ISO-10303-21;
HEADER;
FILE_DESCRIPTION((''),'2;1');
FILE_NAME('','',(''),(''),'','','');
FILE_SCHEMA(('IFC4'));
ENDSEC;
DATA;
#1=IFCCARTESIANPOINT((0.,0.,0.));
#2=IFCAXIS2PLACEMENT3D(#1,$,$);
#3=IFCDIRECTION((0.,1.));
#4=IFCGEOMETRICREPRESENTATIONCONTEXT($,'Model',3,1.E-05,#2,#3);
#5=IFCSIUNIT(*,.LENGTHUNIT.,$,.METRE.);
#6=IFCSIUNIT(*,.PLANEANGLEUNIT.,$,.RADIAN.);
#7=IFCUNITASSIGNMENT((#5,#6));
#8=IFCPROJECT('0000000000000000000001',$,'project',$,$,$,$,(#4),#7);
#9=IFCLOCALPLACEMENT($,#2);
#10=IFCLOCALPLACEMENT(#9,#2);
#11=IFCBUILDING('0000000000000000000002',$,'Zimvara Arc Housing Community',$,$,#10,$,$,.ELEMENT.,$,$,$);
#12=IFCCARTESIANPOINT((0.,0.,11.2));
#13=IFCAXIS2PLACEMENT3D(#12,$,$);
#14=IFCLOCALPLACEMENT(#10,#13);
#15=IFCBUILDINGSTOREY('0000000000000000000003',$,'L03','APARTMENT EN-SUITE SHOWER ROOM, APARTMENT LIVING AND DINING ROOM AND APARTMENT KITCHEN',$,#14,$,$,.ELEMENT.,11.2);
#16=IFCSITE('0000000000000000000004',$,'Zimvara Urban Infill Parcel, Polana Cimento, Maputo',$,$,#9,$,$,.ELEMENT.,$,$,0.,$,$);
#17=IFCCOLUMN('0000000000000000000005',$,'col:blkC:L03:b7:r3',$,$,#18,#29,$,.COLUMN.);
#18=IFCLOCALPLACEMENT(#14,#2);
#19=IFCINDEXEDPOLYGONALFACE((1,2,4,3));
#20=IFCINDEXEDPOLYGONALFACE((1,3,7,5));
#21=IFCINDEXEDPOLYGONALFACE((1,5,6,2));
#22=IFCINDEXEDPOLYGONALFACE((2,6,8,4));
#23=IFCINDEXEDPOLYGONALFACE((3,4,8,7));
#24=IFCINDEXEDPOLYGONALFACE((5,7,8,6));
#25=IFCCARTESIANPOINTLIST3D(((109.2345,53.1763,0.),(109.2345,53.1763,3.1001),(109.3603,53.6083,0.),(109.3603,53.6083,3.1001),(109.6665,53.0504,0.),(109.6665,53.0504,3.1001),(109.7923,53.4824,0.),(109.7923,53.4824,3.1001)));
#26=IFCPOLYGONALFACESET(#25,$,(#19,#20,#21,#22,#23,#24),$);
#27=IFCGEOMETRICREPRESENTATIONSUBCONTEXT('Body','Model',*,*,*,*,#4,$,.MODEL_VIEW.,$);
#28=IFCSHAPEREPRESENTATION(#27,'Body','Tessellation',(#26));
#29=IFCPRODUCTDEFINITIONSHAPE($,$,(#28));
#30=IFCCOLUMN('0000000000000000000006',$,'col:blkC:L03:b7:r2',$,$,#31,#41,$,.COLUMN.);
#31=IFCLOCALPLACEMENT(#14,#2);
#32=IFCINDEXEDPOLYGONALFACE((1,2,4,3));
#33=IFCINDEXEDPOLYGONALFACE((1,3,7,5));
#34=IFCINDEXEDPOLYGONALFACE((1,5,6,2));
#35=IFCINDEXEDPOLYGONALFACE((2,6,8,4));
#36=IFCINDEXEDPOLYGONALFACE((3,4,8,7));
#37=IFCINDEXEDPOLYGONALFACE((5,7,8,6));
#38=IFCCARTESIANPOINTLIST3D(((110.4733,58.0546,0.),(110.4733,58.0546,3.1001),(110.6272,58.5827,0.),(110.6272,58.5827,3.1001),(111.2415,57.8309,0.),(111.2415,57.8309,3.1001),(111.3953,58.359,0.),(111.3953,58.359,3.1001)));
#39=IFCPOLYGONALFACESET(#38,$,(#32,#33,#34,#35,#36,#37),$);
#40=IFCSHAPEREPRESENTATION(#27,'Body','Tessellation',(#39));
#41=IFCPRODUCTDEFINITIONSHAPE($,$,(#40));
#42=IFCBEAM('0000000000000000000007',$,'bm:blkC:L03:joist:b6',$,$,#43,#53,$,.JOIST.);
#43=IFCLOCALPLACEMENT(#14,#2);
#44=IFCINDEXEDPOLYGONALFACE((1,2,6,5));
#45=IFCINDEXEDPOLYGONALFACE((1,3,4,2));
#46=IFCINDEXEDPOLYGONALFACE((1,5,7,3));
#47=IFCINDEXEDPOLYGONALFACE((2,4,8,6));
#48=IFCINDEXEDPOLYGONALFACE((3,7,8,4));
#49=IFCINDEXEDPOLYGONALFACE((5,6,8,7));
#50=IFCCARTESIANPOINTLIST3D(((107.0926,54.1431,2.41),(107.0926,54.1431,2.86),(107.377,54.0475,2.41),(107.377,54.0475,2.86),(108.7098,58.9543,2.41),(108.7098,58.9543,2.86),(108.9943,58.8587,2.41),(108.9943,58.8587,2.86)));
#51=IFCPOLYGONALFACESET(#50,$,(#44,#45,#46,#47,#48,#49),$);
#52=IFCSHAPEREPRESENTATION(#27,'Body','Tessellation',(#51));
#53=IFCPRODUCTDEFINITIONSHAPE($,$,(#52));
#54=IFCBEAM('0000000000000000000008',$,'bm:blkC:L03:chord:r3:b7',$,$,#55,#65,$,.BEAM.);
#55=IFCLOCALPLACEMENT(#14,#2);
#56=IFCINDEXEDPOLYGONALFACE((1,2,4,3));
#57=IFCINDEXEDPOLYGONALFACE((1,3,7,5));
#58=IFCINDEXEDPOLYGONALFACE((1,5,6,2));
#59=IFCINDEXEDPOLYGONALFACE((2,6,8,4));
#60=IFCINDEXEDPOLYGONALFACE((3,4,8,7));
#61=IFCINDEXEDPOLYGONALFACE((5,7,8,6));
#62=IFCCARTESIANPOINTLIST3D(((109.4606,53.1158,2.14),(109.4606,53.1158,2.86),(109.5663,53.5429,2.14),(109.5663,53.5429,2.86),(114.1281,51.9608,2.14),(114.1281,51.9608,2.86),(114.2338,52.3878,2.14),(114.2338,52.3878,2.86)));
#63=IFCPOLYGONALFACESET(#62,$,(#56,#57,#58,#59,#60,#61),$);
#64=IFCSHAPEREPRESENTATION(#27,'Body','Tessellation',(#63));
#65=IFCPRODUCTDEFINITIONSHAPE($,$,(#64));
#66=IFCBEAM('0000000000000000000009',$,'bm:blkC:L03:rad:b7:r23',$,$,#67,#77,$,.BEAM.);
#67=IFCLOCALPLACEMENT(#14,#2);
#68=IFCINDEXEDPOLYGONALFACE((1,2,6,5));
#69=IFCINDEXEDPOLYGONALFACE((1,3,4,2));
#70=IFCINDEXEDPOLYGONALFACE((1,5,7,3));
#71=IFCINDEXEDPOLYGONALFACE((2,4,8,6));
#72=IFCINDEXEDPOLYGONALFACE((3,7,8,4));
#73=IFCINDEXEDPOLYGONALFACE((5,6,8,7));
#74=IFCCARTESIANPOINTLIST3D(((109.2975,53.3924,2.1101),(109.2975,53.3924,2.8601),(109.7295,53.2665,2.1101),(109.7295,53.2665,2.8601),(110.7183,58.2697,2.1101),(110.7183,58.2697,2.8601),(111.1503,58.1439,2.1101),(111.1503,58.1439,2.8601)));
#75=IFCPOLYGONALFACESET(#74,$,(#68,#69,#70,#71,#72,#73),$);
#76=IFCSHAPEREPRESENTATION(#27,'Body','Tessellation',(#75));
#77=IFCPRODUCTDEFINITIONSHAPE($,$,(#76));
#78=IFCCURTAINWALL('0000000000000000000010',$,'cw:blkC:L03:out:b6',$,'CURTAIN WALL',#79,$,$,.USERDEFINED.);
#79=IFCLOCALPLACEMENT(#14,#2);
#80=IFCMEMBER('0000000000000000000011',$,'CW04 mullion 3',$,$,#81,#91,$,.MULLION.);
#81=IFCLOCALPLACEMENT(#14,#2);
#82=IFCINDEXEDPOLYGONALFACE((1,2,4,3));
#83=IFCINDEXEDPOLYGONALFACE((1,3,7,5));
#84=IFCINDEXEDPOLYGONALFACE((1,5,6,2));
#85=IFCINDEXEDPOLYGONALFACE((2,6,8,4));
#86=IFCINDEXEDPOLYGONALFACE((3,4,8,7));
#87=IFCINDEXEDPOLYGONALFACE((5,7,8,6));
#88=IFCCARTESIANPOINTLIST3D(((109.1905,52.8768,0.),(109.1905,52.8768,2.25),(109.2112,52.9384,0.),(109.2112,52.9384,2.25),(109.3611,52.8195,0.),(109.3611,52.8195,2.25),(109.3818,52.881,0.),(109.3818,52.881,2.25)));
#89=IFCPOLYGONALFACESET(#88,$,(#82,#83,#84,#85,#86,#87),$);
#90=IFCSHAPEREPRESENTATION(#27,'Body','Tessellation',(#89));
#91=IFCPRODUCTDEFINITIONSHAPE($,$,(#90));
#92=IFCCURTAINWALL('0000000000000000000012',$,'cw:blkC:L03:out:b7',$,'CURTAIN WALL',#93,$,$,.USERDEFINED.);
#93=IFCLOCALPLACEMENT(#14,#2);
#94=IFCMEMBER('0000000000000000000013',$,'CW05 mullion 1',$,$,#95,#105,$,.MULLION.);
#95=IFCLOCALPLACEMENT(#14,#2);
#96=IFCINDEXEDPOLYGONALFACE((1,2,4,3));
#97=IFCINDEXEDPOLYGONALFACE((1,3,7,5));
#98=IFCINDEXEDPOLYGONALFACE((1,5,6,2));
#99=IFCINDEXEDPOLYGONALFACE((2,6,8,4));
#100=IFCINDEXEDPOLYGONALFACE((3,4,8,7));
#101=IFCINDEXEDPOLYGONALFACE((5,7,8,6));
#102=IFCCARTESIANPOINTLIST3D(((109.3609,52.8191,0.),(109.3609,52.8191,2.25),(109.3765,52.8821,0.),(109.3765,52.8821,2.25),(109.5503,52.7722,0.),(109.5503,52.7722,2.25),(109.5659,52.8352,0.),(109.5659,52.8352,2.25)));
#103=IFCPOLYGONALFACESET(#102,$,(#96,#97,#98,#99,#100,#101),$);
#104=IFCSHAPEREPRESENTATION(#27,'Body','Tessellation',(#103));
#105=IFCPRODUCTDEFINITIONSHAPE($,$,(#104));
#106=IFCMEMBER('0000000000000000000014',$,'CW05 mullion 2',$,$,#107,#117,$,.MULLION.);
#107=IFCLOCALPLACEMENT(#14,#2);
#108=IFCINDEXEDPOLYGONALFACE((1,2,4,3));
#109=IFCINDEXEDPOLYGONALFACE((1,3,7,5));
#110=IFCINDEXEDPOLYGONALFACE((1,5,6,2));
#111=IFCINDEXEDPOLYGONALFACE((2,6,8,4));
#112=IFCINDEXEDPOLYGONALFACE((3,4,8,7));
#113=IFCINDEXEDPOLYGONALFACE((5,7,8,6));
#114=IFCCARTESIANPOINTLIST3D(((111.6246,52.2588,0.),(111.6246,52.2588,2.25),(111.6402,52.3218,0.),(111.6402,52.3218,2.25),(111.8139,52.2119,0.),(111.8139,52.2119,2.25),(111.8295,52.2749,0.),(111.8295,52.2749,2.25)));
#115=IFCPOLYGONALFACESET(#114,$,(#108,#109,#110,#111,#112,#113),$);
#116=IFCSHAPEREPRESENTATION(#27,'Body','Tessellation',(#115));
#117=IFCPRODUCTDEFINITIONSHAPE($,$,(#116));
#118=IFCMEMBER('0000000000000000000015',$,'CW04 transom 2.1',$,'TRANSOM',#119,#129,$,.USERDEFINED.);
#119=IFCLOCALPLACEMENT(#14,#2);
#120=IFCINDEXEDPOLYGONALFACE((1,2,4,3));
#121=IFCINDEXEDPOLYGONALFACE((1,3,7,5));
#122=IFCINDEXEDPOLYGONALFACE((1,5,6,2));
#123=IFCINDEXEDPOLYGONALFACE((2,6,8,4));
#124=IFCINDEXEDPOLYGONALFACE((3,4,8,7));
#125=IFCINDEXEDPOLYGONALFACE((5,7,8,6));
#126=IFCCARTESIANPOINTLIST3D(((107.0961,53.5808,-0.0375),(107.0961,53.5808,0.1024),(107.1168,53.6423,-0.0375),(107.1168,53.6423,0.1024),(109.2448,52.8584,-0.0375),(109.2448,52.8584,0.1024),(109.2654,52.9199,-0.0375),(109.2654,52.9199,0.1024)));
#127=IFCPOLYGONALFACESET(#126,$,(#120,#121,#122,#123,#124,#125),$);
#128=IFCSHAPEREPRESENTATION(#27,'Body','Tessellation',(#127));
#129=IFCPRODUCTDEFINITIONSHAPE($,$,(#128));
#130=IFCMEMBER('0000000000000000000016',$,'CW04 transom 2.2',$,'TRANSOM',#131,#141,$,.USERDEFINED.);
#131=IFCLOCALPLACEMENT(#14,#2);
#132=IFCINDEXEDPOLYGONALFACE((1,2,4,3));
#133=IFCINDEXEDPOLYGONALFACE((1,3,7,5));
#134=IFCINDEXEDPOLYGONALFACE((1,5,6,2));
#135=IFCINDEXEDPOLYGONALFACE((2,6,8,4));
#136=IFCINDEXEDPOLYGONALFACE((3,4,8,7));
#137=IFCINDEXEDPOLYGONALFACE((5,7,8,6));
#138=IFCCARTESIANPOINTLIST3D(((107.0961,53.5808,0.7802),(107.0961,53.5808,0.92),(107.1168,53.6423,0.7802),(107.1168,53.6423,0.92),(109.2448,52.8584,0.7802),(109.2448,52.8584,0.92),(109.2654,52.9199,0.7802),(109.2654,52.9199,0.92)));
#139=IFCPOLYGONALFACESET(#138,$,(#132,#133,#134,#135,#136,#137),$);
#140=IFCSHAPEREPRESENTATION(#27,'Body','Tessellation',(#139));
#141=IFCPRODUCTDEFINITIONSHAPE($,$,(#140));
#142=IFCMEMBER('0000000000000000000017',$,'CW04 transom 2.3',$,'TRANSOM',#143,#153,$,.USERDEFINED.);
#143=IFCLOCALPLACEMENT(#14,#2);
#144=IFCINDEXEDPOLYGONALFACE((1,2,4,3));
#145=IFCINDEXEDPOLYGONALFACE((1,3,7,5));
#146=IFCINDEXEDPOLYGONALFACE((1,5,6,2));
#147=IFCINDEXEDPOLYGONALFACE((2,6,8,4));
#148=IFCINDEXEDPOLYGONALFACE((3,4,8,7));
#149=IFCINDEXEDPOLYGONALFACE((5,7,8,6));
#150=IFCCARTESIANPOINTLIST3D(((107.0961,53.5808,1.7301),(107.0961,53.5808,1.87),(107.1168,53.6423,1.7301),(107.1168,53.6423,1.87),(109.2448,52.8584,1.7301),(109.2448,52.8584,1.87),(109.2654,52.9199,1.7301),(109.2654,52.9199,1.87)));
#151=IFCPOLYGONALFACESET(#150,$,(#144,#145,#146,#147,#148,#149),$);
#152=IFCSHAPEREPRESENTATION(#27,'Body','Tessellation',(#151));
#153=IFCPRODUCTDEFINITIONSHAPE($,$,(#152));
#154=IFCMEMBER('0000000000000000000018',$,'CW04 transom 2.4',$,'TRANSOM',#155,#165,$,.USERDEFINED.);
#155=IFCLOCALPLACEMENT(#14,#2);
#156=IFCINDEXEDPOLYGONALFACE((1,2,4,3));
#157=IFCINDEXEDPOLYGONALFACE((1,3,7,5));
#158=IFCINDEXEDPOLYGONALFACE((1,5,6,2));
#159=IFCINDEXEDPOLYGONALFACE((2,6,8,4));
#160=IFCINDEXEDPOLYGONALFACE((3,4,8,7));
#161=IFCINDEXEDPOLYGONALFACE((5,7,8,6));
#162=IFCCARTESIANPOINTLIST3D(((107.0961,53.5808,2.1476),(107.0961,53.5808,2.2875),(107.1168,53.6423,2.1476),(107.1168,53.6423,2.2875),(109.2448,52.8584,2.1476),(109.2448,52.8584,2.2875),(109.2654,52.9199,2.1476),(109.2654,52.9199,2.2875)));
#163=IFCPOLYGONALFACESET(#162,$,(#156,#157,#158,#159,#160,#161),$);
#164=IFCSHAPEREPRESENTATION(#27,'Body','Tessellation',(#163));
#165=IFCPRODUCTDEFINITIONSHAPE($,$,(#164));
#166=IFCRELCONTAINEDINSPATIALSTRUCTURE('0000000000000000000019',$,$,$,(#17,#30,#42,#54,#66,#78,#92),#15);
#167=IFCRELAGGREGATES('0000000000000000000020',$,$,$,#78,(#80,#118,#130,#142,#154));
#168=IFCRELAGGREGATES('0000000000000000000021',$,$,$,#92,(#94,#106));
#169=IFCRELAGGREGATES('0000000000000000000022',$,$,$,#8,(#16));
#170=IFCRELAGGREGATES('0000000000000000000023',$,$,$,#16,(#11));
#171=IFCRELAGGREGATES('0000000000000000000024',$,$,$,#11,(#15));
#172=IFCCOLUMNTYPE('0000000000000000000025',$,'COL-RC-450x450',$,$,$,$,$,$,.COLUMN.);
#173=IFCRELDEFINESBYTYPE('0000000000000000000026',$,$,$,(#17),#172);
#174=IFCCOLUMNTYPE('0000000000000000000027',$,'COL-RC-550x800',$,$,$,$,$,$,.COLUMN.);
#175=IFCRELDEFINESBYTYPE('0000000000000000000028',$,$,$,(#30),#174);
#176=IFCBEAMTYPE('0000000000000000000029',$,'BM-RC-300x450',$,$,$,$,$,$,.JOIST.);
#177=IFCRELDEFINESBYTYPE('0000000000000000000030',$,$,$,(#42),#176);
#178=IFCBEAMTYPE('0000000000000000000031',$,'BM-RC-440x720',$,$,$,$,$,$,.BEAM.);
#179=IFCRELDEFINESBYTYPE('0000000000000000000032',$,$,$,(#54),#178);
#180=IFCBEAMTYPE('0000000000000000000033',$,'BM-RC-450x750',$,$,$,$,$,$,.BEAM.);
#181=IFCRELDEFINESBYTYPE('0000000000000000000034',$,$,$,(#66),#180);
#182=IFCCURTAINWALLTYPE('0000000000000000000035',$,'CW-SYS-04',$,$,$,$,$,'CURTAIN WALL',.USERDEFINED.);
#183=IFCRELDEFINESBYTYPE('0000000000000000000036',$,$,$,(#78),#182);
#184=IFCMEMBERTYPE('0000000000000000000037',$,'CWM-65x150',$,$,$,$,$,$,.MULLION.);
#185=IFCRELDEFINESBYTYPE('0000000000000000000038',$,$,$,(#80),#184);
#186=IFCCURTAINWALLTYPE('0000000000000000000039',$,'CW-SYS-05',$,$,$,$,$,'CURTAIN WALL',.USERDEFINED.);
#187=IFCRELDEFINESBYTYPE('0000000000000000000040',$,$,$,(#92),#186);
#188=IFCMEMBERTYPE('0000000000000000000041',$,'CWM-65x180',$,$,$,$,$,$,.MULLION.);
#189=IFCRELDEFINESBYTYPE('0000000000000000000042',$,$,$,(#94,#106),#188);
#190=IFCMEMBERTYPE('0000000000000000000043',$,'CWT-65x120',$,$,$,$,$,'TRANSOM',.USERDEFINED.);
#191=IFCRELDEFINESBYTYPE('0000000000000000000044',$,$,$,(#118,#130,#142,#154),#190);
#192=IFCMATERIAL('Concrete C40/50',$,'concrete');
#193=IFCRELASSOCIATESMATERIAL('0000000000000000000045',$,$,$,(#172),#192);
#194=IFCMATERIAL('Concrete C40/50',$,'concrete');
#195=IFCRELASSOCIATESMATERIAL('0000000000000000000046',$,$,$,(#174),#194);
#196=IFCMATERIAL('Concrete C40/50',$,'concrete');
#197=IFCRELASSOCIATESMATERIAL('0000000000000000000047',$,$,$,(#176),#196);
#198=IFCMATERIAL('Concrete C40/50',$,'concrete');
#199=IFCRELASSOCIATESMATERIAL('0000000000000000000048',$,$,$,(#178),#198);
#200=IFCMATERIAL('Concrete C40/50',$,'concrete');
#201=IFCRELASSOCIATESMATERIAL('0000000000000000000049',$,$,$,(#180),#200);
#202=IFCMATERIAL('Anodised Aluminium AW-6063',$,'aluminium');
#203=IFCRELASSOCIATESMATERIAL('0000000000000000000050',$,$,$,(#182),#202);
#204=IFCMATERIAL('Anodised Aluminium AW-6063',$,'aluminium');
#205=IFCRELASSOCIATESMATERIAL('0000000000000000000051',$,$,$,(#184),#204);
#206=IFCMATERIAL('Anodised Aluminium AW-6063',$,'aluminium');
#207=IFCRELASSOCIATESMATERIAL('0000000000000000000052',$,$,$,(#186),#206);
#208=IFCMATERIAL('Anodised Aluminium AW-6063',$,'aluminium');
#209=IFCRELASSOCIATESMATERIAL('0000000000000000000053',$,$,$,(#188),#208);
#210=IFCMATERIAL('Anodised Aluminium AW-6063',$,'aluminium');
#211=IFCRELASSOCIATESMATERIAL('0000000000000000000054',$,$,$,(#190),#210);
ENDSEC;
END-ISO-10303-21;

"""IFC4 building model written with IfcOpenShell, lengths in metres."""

from ifc_helpers import new_model, si_unit, direction, frame, origin, origin_2d, place, context, subcontext, project, spatial, rectangle, extrude, material, material_profile, profile_set, type_object, element, aggregate, save


model = new_model("IFC4")

# Units and contexts
model_context = context("Model", 3, precision=1e-05, world=origin(), true_north=direction((0.0, 1.0)))
body_context = subcontext(model_context, "Body", "Model", "MODEL_VIEW")
ifc_project = project(units=[si_unit("LENGTHUNIT", "METRE"), si_unit("PLANEANGLEUNIT", "RADIAN")], contexts=[model_context])

# Site, building, storey
site_placement = place(None, origin())
site = spatial("IfcSite", under=ifc_project, at=site_placement, Name="Zimvara Urban Infill Parcel, Polana Cimento, Maputo", CompositionType="ELEMENT", RefElevation=0.0)
building_placement = place(site_placement, origin())
building = spatial("IfcBuilding", under=site, at=building_placement, Name="Zimvara Arc Housing Community", CompositionType="ELEMENT")
storey_placement = place(building_placement, frame((0.0, 0.0, 11.2)))
storey = spatial("IfcBuildingStorey", under=building, at=storey_placement, Name="L03", Description="APARTMENT EN-SUITE SHOWER ROOM, APARTMENT LIVING AND DINING ROOM AND APARTMENT KITCHEN", CompositionType="ELEMENT", Elevation=11.2)

# Columns
ifc_material_1 = material(Name="Concrete C40/50", Category="concrete")
ifc_material_profile_1 = material_profile(ifc_material_1, rectangle(XDim=0.45, YDim=0.45, at=origin_2d()), Name="RC 450x450")
ifc_profile_set_1 = profile_set([ifc_material_profile_1], Name="Concrete C40/50")
column_type_1 = type_object("IfcColumnType", Name="COL-RC-450x450", PredefinedType="COLUMN", material=ifc_profile_set_1)
column_1_placement = place(storey_placement, frame((109.5134, 53.3293, 0.0), z_axis=(0.0, 0.0, 1.0), x_axis=(-0.279661, -0.960099, 0.0)))
element("IfcColumn", 1, at=column_1_placement, inside=storey, type_object=column_type_1, Name="col:blkC:L03:b7:r3", PredefinedType="COLUMN", context=body_context, shape_type="SweptSolid", body=[
    extrude(rectangle(XDim=0.45, YDim=0.45, at=origin_2d()), origin(), (0.0, 0.0, 1.0), 3.1001),
])
ifc_material_2 = material(Name="Concrete C40/50", Category="concrete")
ifc_material_profile_2 = material_profile(ifc_material_2, rectangle(XDim=0.55, YDim=0.8, at=origin_2d()), Name="RC 550x800")
ifc_profile_set_2 = profile_set([ifc_material_profile_2], Name="Concrete C40/50")
column_type_2 = type_object("IfcColumnType", Name="COL-RC-550x800", PredefinedType="COLUMN", material=ifc_profile_set_2)
column_2_placement = place(storey_placement, frame((110.9343, 58.2068, 0.0), z_axis=(0.0, 0.0, 1.0), x_axis=(-0.279661, -0.960099, 0.0)))
element("IfcColumn", 2, at=column_2_placement, inside=storey, type_object=column_type_2, Name="col:blkC:L03:b7:r2", PredefinedType="COLUMN", context=body_context, shape_type="SweptSolid", body=[
    extrude(rectangle(XDim=0.55, YDim=0.8, at=origin_2d()), origin(), (0.0, 0.0, 1.0), 3.1001),
])

# Beams
ifc_material_3 = material(Name="Concrete C40/50", Category="concrete")
ifc_material_profile_3 = material_profile(ifc_material_3, rectangle(XDim=0.3, YDim=0.45, at=origin_2d()), Name="RC 300x450")
ifc_profile_set_3 = profile_set([ifc_material_profile_3], Name="Concrete C40/50")
beam_type_1 = type_object("IfcBeamType", Name="BM-RC-300x450", PredefinedType="JOIST", material=ifc_profile_set_3)
beam_1_placement = place(storey_placement, frame((108.8521, 58.9065, 2.635), z_axis=(-0.318622, -0.947882, 0.0), x_axis=(0.947882, -0.318622, 0.0)))
element("IfcBeam", 3, at=beam_1_placement, inside=storey, type_object=beam_type_1, Name="bm:blkC:L03:joist:b6", PredefinedType="JOIST", context=body_context, shape_type="SweptSolid", body=[
    extrude(rectangle(XDim=0.3, YDim=0.45, at=origin_2d()), origin(), (0.0, 0.0, 1.0), 5.0757),
])
ifc_material_4 = material(Name="Concrete C40/50", Category="concrete")
ifc_material_profile_4 = material_profile(ifc_material_4, rectangle(XDim=0.4399, YDim=0.72, at=origin_2d()), Name="RC 440x720")
ifc_profile_set_4 = profile_set([ifc_material_profile_4], Name="Concrete C40/50")
beam_type_2 = type_object("IfcBeamType", Name="BM-RC-440x720", PredefinedType="BEAM", material=ifc_profile_set_4)
beam_2_placement = place(storey_placement, frame((109.5134, 53.3293, 2.5), z_axis=(0.970719, -0.240217, 0.0), x_axis=(0.240217, 0.970719, 0.0)))
element("IfcBeam", 4, at=beam_2_placement, inside=storey, type_object=beam_type_2, Name="bm:blkC:L03:chord:r3:b7", PredefinedType="BEAM", context=body_context, shape_type="SweptSolid", body=[
    extrude(rectangle(XDim=0.4399, YDim=0.72, at=origin_2d()), origin(), (0.0, 0.0, 1.0), 4.8083),
])
ifc_material_5 = material(Name="Concrete C40/50", Category="concrete")
ifc_material_profile_5 = material_profile(ifc_material_5, rectangle(XDim=0.45, YDim=0.75, at=origin_2d()), Name="RC 450x750")
ifc_profile_set_5 = profile_set([ifc_material_profile_5], Name="Concrete C40/50")
beam_type_3 = type_object("IfcBeamType", Name="BM-RC-450x750", PredefinedType="BEAM", material=ifc_profile_set_5)
beam_3_placement = place(storey_placement, frame((110.9343, 58.2068, 2.4851), z_axis=(-0.279694, -0.960089, 0.0), x_axis=(0.960089, -0.279694, 0.0)))
element("IfcBeam", 5, at=beam_3_placement, inside=storey, type_object=beam_type_3, Name="bm:blkC:L03:rad:b7:r23", PredefinedType="BEAM", context=body_context, shape_type="SweptSolid", body=[
    extrude(rectangle(XDim=0.45, YDim=0.75, at=origin_2d()), origin(), (0.0, 0.0, 1.0), 5.0801),
])

# Curtain wall, member
ifc_material_6 = material(Name="Anodised Aluminium AW-6063", Category="aluminium")
curtain_wall_type_1 = type_object("IfcCurtainWallType", Name="CW-SYS-04", ElementType="CURTAIN WALL", PredefinedType="USERDEFINED", material=ifc_material_6)
curtain_wall_1_placement = place(storey_placement, origin())
curtain_wall_1 = element("IfcCurtainWall", 6, at=curtain_wall_1_placement, inside=storey, type_object=curtain_wall_type_1, Name="cw:blkC:L03:out:b6", ObjectType="CURTAIN WALL", PredefinedType="USERDEFINED")
ifc_material_7 = material(Name="Anodised Aluminium AW-6063", Category="aluminium")
ifc_material_profile_6 = material_profile(ifc_material_7, rectangle(XDim=0.0649, YDim=0.1799, at=origin_2d()), Name="ALU 65x180")
ifc_profile_set_6 = profile_set([ifc_material_profile_6], Name="Anodised Aluminium AW-6063")
member_type_1 = type_object("IfcMemberType", Name="CWM-65x150", PredefinedType="MULLION", material=ifc_profile_set_6)
member_1_placement = place(storey_placement, frame((109.2861, 52.8789, 0.0), z_axis=(0.0, 0.0, 1.0), x_axis=(0.318629, 0.94788, 0.0)))
member_1 = element("IfcMember", 7, at=member_1_placement, type_object=member_type_1, Name="CW04 mullion 3", PredefinedType="MULLION", context=body_context, shape_type="SweptSolid", body=[
    extrude(rectangle(XDim=0.0649, YDim=0.1799, at=origin_2d()), origin(), (0.0, 0.0, 1.0), 2.25),
])

# Curtain wall, members
ifc_material_8 = material(Name="Anodised Aluminium AW-6063", Category="aluminium")
curtain_wall_type_2 = type_object("IfcCurtainWallType", Name="CW-SYS-05", ElementType="CURTAIN WALL", PredefinedType="USERDEFINED", material=ifc_material_8)
curtain_wall_2_placement = place(storey_placement, origin())
curtain_wall_2 = element("IfcCurtainWall", 8, at=curtain_wall_2_placement, inside=storey, type_object=curtain_wall_type_2, Name="cw:blkC:L03:out:b7", ObjectType="CURTAIN WALL", PredefinedType="USERDEFINED")
ifc_material_9 = material(Name="Anodised Aluminium AW-6063", Category="aluminium")
ifc_material_profile_7 = material_profile(ifc_material_9, rectangle(XDim=0.0649, YDim=0.1951, at=origin_2d()), Name="ALU 65x195")
ifc_profile_set_7 = profile_set([ifc_material_profile_7], Name="Anodised Aluminium AW-6063")
member_type_2 = type_object("IfcMemberType", Name="CWM-65x180", PredefinedType="MULLION", material=ifc_profile_set_7)
member_2_placement = place(storey_placement, frame((109.4634, 52.8271, 0.0), z_axis=(0.0, 0.0, 1.0), x_axis=(0.24023, 0.970716, 0.0)))
member_2 = element("IfcMember", 9, at=member_2_placement, type_object=member_type_2, Name="CW05 mullion 1", PredefinedType="MULLION", context=body_context, shape_type="SweptSolid", body=[
    extrude(rectangle(XDim=0.0649, YDim=0.1951, at=origin_2d()), origin(), (0.0, 0.0, 1.0), 2.25),
])
member_3_placement = place(storey_placement, frame((111.7271, 52.2668, 0.0), z_axis=(0.0, 0.0, 1.0), x_axis=(0.24023, 0.970716, 0.0)))
member_3 = element("IfcMember", 10, at=member_3_placement, type_object=member_type_2, Name="CW05 mullion 2", PredefinedType="MULLION", context=body_context, shape_type="SweptSolid", body=[
    extrude(rectangle(XDim=0.0649, YDim=0.1951, at=origin_2d()), origin(), (0.0, 0.0, 1.0), 2.25),
])

# Members
ifc_material_10 = material(Name="Anodised Aluminium AW-6063", Category="aluminium")
ifc_material_profile_8 = material_profile(ifc_material_10, rectangle(XDim=0.0649, YDim=0.1399, at=origin_2d()), Name="ALU 65x140")
ifc_profile_set_8 = profile_set([ifc_material_profile_8], Name="Anodised Aluminium AW-6063")
member_type_3 = type_object("IfcMemberType", Name="CWT-65x120", ElementType="TRANSOM", PredefinedType="USERDEFINED", material=ifc_profile_set_8)
member_4_placement = place(storey_placement, frame((107.1064, 53.6116, 0.0325), z_axis=(0.947862, -0.318682, 0.0), x_axis=(0.318682, 0.947862, 0.0)))
member_4 = element("IfcMember", 11, at=member_4_placement, type_object=member_type_3, Name="CW04 transom 2.1", ObjectType="TRANSOM", PredefinedType="USERDEFINED", context=body_context, shape_type="SweptSolid", body=[
    extrude(rectangle(XDim=0.0649, YDim=0.1399, at=origin_2d()), origin(), (0.0, 0.0, 1.0), 2.2668),
])
member_5_placement = place(storey_placement, frame((107.1064, 53.6116, 0.8501), z_axis=(0.947862, -0.318682, 0.0), x_axis=(0.318682, 0.947862, 0.0)))
member_5 = element("IfcMember", 12, at=member_5_placement, type_object=member_type_3, Name="CW04 transom 2.2", ObjectType="TRANSOM", PredefinedType="USERDEFINED", context=body_context, shape_type="SweptSolid", body=[
    extrude(rectangle(XDim=0.0649, YDim=0.1399, at=origin_2d()), origin(), (0.0, 0.0, 1.0), 2.2668),
])
member_6_placement = place(storey_placement, frame((107.1064, 53.6116, 1.8), z_axis=(0.947862, -0.318682, 0.0), x_axis=(0.318682, 0.947862, 0.0)))
member_6 = element("IfcMember", 13, at=member_6_placement, type_object=member_type_3, Name="CW04 transom 2.3", ObjectType="TRANSOM", PredefinedType="USERDEFINED", context=body_context, shape_type="SweptSolid", body=[
    extrude(rectangle(XDim=0.0649, YDim=0.1399, at=origin_2d()), origin(), (0.0, 0.0, 1.0), 2.2668),
])
member_7_placement = place(storey_placement, frame((107.1064, 53.6116, 2.2175), z_axis=(0.947862, -0.318682, 0.0), x_axis=(0.318682, 0.947862, 0.0)))
member_7 = element("IfcMember", 14, at=member_7_placement, type_object=member_type_3, Name="CW04 transom 2.4", ObjectType="TRANSOM", PredefinedType="USERDEFINED", context=body_context, shape_type="SweptSolid", body=[
    extrude(rectangle(XDim=0.0649, YDim=0.1399, at=origin_2d()), origin(), (0.0, 0.0, 1.0), 2.2668),
])

aggregate(curtain_wall_1, [member_1, member_4, member_5, member_6, member_7])
aggregate(curtain_wall_2, [member_2, member_3])

save(model, "model.ifc")
